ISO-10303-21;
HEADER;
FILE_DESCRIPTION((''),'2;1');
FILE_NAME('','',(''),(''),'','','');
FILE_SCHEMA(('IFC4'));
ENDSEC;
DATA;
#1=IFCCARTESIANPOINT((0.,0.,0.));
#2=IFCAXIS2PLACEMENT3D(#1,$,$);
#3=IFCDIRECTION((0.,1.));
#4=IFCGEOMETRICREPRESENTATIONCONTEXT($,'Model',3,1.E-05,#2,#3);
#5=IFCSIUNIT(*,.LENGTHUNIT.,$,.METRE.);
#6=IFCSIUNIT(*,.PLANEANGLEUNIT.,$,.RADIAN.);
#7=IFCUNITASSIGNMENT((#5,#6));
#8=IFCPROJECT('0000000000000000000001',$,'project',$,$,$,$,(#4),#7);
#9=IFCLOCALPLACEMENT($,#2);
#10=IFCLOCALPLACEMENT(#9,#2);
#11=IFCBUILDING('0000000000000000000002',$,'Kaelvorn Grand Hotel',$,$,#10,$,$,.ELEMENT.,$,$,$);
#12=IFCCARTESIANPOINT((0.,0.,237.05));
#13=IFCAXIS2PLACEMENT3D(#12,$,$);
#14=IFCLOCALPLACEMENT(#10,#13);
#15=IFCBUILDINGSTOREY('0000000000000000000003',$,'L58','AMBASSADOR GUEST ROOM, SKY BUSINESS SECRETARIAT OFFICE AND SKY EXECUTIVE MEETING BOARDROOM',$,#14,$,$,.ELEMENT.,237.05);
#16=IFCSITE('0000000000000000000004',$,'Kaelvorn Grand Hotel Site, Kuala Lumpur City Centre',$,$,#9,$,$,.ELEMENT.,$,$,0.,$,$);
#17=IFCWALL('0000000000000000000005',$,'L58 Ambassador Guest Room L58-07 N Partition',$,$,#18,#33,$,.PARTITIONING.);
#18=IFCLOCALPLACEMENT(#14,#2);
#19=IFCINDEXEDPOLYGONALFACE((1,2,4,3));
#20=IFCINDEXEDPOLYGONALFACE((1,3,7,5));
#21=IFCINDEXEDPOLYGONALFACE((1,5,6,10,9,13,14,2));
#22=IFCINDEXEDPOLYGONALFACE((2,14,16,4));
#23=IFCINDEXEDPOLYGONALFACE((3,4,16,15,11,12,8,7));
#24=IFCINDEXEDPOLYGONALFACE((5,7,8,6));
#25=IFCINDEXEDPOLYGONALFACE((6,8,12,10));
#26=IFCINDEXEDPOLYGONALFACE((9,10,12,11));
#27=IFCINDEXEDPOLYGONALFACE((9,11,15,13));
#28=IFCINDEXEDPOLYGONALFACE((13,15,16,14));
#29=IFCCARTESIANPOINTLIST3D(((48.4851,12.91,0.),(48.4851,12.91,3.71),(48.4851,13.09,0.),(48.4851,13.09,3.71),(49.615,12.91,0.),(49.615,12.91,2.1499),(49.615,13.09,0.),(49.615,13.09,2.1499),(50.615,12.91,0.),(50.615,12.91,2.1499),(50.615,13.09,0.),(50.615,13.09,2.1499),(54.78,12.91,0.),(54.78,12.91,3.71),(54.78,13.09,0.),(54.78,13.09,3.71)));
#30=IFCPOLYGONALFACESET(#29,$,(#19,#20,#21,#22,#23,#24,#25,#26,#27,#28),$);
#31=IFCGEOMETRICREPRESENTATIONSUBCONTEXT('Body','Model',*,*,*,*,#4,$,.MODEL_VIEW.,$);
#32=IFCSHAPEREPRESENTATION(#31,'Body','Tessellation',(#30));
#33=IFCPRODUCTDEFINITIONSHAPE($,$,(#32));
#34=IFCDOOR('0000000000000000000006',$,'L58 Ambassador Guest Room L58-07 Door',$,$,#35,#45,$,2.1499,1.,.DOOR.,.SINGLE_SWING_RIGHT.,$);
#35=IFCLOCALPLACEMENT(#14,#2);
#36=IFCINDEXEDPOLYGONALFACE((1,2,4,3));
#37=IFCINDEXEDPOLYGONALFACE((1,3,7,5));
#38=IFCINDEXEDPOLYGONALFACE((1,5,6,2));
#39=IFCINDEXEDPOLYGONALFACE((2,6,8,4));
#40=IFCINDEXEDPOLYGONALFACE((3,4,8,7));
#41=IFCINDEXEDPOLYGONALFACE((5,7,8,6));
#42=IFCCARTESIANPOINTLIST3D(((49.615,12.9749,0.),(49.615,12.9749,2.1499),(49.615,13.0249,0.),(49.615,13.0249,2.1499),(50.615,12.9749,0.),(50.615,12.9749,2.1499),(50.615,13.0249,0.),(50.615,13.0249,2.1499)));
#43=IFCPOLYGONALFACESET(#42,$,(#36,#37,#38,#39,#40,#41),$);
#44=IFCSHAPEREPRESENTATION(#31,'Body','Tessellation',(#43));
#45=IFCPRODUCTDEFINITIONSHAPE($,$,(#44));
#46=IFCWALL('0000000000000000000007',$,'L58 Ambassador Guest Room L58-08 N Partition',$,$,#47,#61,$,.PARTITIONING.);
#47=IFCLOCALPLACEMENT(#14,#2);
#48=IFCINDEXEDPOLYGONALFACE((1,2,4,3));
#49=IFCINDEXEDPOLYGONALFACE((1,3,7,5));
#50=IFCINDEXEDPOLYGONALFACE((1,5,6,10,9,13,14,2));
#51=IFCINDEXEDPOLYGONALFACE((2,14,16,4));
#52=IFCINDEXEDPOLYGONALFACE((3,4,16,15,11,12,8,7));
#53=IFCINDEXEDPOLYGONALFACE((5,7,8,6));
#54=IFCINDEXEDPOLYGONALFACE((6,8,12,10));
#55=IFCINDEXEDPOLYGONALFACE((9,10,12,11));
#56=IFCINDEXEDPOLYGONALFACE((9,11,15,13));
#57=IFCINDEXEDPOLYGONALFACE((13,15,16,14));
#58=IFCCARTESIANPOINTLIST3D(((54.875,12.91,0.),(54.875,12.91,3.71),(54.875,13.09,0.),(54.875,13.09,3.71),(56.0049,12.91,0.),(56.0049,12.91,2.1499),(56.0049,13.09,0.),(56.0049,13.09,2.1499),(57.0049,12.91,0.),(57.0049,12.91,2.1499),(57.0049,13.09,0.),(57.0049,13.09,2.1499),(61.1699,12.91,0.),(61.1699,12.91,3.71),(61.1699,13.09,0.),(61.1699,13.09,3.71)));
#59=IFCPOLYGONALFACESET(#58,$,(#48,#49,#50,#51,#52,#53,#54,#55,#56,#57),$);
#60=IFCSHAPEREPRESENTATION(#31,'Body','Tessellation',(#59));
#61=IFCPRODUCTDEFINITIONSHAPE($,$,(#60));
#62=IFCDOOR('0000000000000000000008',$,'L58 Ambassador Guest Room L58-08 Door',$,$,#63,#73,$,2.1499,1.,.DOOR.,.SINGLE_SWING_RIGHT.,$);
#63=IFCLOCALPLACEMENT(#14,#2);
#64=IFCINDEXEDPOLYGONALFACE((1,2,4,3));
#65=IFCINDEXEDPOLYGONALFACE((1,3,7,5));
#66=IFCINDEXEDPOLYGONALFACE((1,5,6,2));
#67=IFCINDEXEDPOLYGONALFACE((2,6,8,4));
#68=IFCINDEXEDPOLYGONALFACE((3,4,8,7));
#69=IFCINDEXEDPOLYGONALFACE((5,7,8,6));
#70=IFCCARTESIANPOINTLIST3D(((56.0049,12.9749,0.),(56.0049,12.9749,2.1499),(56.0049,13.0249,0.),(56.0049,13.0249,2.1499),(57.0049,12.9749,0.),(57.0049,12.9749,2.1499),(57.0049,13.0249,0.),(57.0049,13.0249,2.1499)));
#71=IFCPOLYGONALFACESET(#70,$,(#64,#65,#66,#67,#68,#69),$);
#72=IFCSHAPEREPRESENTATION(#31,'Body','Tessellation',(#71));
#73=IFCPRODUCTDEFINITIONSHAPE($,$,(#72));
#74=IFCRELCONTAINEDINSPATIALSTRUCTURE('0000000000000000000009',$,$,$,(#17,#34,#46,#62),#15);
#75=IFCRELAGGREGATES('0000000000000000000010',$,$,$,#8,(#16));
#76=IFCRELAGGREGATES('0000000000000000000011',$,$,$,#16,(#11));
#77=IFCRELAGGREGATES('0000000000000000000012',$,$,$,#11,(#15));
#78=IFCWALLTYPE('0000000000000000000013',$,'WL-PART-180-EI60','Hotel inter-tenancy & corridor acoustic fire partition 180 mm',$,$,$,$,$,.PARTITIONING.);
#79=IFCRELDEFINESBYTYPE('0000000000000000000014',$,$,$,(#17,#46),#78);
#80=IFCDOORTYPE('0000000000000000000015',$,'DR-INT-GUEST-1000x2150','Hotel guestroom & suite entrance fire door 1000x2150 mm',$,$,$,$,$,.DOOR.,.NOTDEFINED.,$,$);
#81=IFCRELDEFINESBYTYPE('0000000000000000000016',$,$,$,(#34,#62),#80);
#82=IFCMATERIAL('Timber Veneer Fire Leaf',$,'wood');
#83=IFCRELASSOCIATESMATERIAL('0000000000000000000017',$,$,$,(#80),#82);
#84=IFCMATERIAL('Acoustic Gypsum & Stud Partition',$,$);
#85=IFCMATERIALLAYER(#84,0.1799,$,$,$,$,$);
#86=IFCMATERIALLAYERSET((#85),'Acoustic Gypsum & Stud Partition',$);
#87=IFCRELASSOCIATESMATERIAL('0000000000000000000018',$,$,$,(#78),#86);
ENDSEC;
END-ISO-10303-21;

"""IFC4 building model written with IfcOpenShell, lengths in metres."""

from ifc_helpers import new_model, si_unit, direction, frame, frame_2d, origin, place, context, subcontext, project, spatial, rectangle, extrude, material, layer, layer_set, type_object, element, fill, save


model = new_model("IFC4")

# Units and contexts
model_context = context("Model", 3, precision=1e-05, world=origin(), true_north=direction((0.0, 1.0)))
body_context = subcontext(model_context, "Body", "Model", "MODEL_VIEW")
ifc_project = project(units=[si_unit("LENGTHUNIT", "METRE"), si_unit("PLANEANGLEUNIT", "RADIAN")], contexts=[model_context])

# Site, building, storey
site_placement = place(None, origin())
site = spatial("IfcSite", under=ifc_project, at=site_placement, Name="Kaelvorn Grand Hotel Site, Kuala Lumpur City Centre", CompositionType="ELEMENT", RefElevation=0.0)
building_placement = place(site_placement, origin())
building = spatial("IfcBuilding", under=site, at=building_placement, Name="Kaelvorn Grand Hotel", CompositionType="ELEMENT")
storey_placement = place(building_placement, frame((0.0, 0.0, 237.05)))
storey = spatial("IfcBuildingStorey", under=building, at=storey_placement, Name="L58", Description="AMBASSADOR GUEST ROOM, SKY BUSINESS SECRETARIAT OFFICE AND SKY EXECUTIVE MEETING BOARDROOM", CompositionType="ELEMENT", Elevation=237.05)

# Shared definitions
ifc_material_1 = material(Name="Acoustic Gypsum & Stud Partition")

# Shared definitions
ifc_material_2 = material(Name="Timber Veneer Fire Leaf", Category="wood")
door_type = type_object("IfcDoorType", Name="DR-INT-GUEST-1000x2150", Description="Hotel guestroom & suite entrance fire door 1000x2150 mm", OperationType="NOTDEFINED", PredefinedType="DOOR", material=ifc_material_2)

# Walls, openings, doors
ifc_layer_1 = layer(ifc_material_1, 0.1799)
ifc_layer_set_1 = layer_set([ifc_layer_1], Name="Acoustic Gypsum & Stud Partition")
wall_type_1 = type_object("IfcWallType", Name="WL-PART-180-EI60", Description="Hotel inter-tenancy & corridor acoustic fire partition 180 mm", PredefinedType="PARTITIONING", material=ifc_layer_set_1)
wall_1_placement = place(storey_placement, frame((48.4851, 13.0, 0.0), z_axis=(0.0, 0.0, 1.0), x_axis=(1.0, 0.0, 0.0)))
wall_1 = element("IfcWall", 1, at=wall_1_placement, inside=storey, type_object=wall_type_1, Name="L58 Ambassador Guest Room L58-07 N Partition", PredefinedType="PARTITIONING", context=body_context, shape_type="SweptSolid", body=[
    extrude(rectangle(XDim=6.2949, YDim=0.1799, at=frame_2d((3.1475, 0.0))), origin(), (0.0, 0.0, 1.0), 3.71),
])
opening_1_placement = place(wall_1_placement, frame((1.1299, 0.0, 0.0)))
opening_1 = element("IfcOpeningElement", 2, at=opening_1_placement, cuts=wall_1, PredefinedType="OPENING", context=body_context, shape_type="SweptSolid", body=[
    extrude(rectangle(XDim=1.0, YDim=2.1499, at=frame_2d((0.5, 1.075))), frame((0.0, 0.1001, 0.0), z_axis=(0.0, -1.0, 0.0), x_axis=(1.0, 0.0, 0.0)), (0.0, 0.0, 1.0), 0.2),
])
door_1_placement = place(opening_1_placement, origin())
door_1 = element("IfcDoor", 3, at=door_1_placement, inside=storey, type_object=door_type, Name="L58 Ambassador Guest Room L58-07 Door", OperationType="SINGLE_SWING_RIGHT", OverallHeight=2.1499, OverallWidth=1.0, PredefinedType="DOOR", context=body_context, shape_type="SweptSolid", body=[
    extrude(rectangle(XDim=1.0, YDim=2.1499, at=frame_2d((0.5, 1.075))), frame((0.0, 0.0249, 0.0), z_axis=(0.0, -1.0, 0.0), x_axis=(1.0, 0.0, 0.0)), (0.0, 0.0, 1.0), 0.05),
])
fill(opening_1, door_1)
wall_2_placement = place(storey_placement, frame((54.875, 13.0, 0.0), z_axis=(0.0, 0.0, 1.0), x_axis=(1.0, 0.0, 0.0)))
wall_2 = element("IfcWall", 4, at=wall_2_placement, inside=storey, type_object=wall_type_1, Name="L58 Ambassador Guest Room L58-08 N Partition", PredefinedType="PARTITIONING", context=body_context, shape_type="SweptSolid", body=[
    extrude(rectangle(XDim=6.2949, YDim=0.1799, at=frame_2d((3.1475, 0.0))), origin(), (0.0, 0.0, 1.0), 3.71),
])
opening_2_placement = place(wall_2_placement, frame((1.1299, 0.0, 0.0)))
opening_2 = element("IfcOpeningElement", 5, at=opening_2_placement, cuts=wall_2, PredefinedType="OPENING", context=body_context, shape_type="SweptSolid", body=[
    extrude(rectangle(XDim=1.0, YDim=2.1499, at=frame_2d((0.5, 1.075))), frame((0.0, 0.1001, 0.0), z_axis=(0.0, -1.0, 0.0), x_axis=(1.0, 0.0, 0.0)), (0.0, 0.0, 1.0), 0.2),
])
door_2_placement = place(opening_2_placement, origin())
door_2 = element("IfcDoor", 6, at=door_2_placement, inside=storey, type_object=door_type, Name="L58 Ambassador Guest Room L58-08 Door", OperationType="SINGLE_SWING_RIGHT", OverallHeight=2.1499, OverallWidth=1.0, PredefinedType="DOOR", context=body_context, shape_type="SweptSolid", body=[
    extrude(rectangle(XDim=1.0, YDim=2.1499, at=frame_2d((0.5, 1.075))), frame((0.0, 0.0249, 0.0), z_axis=(0.0, -1.0, 0.0), x_axis=(1.0, 0.0, 0.0)), (0.0, 0.0, 1.0), 0.05),
])
fill(opening_2, door_2)

save(model, "model.ifc")
